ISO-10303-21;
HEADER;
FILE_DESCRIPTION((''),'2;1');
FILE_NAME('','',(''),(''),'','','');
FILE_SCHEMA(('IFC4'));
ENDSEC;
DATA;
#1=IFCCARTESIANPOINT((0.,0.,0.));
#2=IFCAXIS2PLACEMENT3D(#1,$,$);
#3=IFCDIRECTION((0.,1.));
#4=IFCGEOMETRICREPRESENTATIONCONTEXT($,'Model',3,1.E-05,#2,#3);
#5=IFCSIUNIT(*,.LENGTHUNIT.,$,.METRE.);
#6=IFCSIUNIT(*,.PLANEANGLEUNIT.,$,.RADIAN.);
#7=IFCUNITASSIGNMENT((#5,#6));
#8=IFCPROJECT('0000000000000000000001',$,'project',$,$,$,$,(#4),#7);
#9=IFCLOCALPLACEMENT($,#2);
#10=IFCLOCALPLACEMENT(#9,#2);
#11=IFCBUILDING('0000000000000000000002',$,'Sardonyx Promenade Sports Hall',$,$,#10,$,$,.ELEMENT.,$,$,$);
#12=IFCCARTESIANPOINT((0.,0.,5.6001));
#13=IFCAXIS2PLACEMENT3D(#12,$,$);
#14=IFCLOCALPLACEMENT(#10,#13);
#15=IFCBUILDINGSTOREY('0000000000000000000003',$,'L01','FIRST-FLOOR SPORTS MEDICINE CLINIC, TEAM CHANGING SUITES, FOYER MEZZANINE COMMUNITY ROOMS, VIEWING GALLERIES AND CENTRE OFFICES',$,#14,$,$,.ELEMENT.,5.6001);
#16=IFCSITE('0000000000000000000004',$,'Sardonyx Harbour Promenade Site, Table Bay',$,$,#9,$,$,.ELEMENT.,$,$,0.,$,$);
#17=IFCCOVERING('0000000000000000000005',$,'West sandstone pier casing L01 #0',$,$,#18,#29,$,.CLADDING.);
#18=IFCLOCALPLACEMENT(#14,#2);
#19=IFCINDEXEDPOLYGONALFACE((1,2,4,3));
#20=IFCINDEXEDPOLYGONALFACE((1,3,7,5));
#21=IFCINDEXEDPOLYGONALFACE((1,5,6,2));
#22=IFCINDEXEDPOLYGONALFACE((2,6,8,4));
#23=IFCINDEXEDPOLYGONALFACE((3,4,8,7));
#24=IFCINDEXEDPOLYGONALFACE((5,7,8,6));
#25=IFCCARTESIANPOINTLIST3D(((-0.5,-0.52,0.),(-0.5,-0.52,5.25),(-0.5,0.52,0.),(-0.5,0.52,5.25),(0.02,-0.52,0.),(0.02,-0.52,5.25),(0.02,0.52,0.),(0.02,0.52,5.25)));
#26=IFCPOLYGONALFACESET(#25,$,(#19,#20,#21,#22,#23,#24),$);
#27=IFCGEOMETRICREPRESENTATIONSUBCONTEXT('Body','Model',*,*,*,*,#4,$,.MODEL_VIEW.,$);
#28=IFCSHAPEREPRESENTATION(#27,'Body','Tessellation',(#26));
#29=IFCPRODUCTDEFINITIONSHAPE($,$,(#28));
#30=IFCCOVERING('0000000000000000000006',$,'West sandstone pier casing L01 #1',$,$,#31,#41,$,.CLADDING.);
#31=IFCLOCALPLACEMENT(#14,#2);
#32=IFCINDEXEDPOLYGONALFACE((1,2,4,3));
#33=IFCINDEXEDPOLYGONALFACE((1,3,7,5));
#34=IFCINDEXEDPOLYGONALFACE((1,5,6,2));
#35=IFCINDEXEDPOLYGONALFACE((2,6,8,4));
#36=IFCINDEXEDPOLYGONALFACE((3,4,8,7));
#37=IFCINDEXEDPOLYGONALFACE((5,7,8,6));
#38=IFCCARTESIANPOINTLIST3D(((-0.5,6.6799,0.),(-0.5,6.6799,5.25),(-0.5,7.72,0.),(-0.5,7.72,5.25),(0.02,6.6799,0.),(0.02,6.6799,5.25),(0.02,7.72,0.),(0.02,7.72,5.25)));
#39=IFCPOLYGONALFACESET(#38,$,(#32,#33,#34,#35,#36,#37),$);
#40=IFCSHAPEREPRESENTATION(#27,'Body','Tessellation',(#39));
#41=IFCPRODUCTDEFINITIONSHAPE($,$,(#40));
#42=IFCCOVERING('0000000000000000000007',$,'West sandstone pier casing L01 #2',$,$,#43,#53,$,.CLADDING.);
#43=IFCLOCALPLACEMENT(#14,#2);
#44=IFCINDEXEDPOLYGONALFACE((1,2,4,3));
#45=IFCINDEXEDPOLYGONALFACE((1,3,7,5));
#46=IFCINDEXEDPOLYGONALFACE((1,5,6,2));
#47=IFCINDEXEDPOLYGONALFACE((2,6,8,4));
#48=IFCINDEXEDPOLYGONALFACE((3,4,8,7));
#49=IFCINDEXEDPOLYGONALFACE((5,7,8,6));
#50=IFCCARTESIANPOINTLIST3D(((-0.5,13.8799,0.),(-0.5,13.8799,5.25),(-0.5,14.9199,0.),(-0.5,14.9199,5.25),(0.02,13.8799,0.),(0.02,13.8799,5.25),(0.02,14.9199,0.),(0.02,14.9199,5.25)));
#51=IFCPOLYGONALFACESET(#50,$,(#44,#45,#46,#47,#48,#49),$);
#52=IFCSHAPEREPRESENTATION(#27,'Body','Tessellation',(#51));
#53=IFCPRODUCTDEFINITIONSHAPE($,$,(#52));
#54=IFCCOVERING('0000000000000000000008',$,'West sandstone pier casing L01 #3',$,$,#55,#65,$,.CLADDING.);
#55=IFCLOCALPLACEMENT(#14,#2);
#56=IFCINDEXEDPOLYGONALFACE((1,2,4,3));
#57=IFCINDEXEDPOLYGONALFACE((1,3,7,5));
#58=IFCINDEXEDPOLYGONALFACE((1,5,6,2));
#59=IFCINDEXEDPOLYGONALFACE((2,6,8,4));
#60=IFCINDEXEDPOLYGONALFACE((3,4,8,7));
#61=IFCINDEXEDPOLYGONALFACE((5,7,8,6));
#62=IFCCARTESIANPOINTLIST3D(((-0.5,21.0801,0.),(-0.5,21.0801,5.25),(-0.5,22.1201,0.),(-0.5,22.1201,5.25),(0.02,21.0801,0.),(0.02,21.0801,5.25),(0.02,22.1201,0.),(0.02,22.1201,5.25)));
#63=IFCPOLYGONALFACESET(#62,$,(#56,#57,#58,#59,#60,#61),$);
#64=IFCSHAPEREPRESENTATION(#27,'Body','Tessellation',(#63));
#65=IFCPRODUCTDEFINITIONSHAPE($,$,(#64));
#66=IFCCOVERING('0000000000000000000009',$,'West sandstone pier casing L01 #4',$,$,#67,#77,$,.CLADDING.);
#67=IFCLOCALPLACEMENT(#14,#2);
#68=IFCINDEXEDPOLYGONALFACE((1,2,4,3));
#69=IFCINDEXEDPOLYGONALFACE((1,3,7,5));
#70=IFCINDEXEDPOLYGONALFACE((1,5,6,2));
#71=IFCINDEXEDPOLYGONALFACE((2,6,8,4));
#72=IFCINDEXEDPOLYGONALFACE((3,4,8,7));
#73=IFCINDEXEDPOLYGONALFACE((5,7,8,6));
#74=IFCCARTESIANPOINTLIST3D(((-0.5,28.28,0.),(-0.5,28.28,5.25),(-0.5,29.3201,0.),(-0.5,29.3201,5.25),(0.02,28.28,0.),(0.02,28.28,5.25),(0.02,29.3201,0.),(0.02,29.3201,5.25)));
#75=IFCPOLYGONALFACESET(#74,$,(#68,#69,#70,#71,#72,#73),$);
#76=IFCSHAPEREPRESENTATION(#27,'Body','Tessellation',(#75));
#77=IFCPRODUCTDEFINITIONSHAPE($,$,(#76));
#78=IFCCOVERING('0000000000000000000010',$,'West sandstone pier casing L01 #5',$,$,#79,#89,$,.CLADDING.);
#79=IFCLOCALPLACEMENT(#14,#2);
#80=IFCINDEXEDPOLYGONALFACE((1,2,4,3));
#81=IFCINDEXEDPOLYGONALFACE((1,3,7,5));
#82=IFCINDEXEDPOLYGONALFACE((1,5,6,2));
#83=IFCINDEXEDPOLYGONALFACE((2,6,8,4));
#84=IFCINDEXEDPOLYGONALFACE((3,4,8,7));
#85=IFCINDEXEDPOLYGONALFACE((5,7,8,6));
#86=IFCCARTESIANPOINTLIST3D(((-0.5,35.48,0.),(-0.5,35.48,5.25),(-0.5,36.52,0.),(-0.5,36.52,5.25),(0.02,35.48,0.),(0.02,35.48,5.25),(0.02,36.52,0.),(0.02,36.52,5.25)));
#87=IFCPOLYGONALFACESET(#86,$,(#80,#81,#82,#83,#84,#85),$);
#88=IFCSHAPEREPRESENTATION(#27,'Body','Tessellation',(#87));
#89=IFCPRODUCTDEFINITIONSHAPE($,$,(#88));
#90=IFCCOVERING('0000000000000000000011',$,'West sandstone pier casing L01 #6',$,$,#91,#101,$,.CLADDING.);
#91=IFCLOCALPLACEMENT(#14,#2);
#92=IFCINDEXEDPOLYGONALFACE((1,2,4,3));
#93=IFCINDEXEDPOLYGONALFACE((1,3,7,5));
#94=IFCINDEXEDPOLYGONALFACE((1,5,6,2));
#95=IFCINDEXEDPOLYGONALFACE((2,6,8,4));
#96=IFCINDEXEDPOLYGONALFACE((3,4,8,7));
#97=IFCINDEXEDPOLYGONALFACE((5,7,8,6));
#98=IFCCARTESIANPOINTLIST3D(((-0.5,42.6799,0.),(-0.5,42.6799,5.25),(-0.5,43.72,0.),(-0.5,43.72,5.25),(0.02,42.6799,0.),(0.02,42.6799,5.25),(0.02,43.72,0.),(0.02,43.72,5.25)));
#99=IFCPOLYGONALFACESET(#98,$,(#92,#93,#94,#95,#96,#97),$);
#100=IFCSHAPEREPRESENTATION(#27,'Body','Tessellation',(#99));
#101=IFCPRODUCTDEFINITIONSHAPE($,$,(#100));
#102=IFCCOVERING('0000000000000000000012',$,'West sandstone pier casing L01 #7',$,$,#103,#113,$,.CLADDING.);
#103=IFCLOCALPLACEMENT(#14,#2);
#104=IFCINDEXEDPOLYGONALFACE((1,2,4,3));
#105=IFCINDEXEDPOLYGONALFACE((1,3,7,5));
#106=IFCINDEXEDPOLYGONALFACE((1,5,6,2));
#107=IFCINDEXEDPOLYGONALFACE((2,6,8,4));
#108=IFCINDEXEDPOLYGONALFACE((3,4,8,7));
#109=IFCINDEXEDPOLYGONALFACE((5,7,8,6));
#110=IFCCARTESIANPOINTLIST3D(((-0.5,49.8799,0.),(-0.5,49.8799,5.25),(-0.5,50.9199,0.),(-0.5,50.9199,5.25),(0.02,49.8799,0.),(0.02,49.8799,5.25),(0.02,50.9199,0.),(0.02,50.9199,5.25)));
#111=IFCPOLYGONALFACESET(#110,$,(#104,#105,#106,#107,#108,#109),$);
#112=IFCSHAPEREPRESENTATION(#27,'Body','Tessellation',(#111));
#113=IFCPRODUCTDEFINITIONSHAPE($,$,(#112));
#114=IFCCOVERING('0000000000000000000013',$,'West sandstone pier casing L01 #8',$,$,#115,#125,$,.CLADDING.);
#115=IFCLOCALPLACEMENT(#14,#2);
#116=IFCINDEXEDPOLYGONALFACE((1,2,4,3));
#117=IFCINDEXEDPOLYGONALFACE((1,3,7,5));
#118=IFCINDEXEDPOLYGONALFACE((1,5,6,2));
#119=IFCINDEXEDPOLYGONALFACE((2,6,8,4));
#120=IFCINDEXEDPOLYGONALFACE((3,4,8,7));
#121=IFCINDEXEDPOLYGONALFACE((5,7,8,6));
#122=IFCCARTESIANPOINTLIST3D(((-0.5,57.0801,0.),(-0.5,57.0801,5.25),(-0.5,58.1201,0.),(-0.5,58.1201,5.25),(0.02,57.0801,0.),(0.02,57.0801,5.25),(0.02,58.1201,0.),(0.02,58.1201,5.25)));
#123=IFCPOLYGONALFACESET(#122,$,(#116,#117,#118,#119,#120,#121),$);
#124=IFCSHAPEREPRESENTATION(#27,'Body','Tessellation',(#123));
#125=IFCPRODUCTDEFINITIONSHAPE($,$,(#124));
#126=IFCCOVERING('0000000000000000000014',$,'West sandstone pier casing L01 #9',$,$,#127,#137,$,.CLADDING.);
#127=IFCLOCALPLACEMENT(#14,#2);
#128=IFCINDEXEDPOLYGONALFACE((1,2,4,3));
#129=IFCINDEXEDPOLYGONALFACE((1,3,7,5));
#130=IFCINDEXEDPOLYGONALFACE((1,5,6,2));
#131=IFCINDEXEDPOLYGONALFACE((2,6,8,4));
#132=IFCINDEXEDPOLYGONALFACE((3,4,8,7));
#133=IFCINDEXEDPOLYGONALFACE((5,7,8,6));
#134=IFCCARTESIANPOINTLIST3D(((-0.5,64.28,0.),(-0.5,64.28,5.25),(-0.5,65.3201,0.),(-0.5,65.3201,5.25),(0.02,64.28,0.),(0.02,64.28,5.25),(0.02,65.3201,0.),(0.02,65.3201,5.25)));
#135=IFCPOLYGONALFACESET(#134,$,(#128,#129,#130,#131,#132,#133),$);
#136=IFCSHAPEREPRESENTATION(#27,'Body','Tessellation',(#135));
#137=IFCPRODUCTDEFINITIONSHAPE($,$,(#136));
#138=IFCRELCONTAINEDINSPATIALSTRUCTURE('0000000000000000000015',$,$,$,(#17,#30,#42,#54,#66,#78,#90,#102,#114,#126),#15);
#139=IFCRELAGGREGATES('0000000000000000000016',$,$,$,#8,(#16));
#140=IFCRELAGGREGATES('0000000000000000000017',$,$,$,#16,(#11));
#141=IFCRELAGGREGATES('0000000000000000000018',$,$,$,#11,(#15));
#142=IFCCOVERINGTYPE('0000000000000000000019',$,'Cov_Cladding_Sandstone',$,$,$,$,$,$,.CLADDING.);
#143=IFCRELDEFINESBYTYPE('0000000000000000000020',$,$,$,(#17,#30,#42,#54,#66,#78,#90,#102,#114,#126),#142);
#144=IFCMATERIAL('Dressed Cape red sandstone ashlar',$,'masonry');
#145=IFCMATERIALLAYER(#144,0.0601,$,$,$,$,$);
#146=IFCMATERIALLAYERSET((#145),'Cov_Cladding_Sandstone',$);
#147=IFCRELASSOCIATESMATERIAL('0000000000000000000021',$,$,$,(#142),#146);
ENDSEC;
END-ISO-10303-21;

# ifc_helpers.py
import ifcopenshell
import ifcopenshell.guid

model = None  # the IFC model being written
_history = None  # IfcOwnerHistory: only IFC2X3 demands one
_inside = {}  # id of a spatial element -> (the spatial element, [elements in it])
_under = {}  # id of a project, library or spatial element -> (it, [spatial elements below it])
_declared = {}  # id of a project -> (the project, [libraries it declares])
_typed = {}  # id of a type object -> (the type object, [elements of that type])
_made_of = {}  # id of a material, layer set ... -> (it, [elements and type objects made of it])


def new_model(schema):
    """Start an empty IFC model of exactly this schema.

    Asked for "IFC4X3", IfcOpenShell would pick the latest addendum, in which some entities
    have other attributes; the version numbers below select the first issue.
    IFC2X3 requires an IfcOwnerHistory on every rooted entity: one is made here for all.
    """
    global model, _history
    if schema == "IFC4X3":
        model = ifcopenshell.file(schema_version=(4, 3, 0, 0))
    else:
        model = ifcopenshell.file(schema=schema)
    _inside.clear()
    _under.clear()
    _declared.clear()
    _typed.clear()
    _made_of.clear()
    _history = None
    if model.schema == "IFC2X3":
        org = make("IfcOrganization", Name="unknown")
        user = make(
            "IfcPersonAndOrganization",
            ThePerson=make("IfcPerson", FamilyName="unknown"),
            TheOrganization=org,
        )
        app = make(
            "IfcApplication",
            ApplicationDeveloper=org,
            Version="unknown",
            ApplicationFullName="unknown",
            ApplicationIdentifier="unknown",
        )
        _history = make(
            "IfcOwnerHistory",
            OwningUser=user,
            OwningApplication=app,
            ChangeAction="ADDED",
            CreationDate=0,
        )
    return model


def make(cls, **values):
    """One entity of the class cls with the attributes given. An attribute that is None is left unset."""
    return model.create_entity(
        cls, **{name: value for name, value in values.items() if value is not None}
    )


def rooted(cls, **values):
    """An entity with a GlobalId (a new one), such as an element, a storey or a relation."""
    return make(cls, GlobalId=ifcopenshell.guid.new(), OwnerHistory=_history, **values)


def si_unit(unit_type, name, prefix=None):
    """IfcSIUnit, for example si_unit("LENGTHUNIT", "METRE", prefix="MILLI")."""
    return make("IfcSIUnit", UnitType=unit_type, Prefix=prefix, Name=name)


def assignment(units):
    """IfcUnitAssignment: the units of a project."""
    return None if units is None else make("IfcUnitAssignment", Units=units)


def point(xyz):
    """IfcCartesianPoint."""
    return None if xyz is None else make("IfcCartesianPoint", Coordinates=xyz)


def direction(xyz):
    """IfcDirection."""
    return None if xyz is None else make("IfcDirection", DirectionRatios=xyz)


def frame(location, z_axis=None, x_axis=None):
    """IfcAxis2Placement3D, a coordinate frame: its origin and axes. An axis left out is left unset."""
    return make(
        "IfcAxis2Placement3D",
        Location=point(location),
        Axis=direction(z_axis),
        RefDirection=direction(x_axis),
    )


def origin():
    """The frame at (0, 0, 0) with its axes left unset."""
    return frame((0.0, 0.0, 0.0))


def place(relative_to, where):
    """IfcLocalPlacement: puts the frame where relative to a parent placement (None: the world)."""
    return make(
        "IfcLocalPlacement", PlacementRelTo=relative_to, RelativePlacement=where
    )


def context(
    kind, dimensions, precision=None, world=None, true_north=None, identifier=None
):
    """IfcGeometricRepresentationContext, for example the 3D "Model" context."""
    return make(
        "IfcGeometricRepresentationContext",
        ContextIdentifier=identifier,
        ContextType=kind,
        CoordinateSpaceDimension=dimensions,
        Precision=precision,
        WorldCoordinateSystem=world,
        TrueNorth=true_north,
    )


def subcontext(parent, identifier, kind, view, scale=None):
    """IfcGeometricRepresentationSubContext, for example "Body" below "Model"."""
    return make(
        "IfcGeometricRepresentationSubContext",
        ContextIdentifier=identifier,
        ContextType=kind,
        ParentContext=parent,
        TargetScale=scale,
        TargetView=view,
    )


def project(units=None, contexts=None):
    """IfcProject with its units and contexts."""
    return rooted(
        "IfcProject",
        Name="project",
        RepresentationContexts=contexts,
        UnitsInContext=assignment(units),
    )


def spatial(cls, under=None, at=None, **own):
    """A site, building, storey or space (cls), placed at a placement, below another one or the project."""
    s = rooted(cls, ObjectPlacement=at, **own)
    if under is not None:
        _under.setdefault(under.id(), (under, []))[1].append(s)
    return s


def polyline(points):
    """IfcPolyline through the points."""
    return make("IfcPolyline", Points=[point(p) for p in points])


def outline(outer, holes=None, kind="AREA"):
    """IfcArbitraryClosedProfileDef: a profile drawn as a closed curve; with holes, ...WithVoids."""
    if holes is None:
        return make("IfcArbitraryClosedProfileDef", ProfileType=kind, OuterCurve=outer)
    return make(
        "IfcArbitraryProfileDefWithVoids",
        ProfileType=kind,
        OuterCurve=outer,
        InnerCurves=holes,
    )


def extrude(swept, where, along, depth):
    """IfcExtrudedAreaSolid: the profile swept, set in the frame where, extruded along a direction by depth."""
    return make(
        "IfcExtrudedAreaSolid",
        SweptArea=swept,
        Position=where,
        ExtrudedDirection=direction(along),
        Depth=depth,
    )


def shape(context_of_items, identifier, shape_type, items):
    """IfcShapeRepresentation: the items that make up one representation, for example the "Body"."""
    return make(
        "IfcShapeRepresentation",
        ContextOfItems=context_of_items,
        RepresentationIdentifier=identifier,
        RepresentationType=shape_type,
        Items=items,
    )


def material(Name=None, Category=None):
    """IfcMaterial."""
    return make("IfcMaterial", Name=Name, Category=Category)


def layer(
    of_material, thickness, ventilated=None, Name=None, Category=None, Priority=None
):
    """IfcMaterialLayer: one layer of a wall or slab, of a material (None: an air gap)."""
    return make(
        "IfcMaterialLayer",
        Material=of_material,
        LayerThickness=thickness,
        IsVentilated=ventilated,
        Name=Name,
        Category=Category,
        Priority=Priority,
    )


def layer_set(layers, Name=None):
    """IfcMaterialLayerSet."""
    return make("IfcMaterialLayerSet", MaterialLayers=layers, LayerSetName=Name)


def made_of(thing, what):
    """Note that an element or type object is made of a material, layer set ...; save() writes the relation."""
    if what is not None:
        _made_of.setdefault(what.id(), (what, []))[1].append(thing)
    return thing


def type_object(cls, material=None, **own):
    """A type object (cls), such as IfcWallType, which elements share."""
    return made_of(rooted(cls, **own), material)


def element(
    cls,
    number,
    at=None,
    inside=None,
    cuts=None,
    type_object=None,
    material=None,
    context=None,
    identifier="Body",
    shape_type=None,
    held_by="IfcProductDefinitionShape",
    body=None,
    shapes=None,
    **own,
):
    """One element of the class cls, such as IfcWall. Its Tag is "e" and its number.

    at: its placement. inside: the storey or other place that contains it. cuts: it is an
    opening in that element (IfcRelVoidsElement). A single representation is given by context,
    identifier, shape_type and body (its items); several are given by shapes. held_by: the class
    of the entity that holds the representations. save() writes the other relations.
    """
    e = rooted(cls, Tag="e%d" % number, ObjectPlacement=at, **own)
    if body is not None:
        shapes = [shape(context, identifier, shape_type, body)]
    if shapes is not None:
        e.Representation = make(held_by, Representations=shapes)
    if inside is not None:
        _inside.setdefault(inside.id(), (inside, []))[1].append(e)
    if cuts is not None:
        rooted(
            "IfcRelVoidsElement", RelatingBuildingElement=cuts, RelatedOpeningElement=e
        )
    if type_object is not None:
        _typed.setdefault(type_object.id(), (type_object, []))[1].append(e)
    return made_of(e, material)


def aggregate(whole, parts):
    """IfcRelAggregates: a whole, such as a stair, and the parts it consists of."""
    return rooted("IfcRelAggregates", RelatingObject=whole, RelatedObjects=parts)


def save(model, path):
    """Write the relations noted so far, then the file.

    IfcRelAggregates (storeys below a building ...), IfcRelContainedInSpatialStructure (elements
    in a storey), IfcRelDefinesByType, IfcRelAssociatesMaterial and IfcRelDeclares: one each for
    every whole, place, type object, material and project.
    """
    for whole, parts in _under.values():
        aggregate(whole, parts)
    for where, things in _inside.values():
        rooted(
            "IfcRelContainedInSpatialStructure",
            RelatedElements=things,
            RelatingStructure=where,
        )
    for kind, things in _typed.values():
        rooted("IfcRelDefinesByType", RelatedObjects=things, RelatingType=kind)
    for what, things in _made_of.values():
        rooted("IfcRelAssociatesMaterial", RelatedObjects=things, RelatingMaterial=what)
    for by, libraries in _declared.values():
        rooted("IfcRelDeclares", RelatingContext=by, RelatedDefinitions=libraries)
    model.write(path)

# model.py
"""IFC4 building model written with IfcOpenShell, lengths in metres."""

from ifc_helpers import new_model, si_unit, direction, frame, origin, place, context, subcontext, project, spatial, polyline, outline, extrude, material, layer, layer_set, type_object, element, save


model = new_model("IFC4")

# Units and contexts
model_context = context("Model", 3, precision=1e-05, world=origin(), true_north=direction((0.0, 1.0)))
body_context = subcontext(model_context, "Body", "Model", "MODEL_VIEW")
ifc_project = project(units=[si_unit("LENGTHUNIT", "METRE"), si_unit("PLANEANGLEUNIT", "RADIAN")], contexts=[model_context])

# Site, building, storey
site_placement = place(None, origin())
site = spatial("IfcSite", under=ifc_project, at=site_placement, Name="Sardonyx Harbour Promenade Site, Table Bay", CompositionType="ELEMENT", RefElevation=0.0)
building_placement = place(site_placement, origin())
building = spatial("IfcBuilding", under=site, at=building_placement, Name="Sardonyx Promenade Sports Hall", CompositionType="ELEMENT")
storey_placement = place(building_placement, frame((0.0, 0.0, 5.6001)))
storey = spatial("IfcBuildingStorey", under=building, at=storey_placement, Name="L01", Description="FIRST-FLOOR SPORTS MEDICINE CLINIC, TEAM CHANGING SUITES, FOYER MEZZANINE COMMUNITY ROOMS, VIEWING GALLERIES AND CENTRE OFFICES", CompositionType="ELEMENT", Elevation=5.6001)

# Coverings
ifc_material = material(Name="Dressed Cape red sandstone ashlar", Category="masonry")
ifc_layer = layer(ifc_material, 0.0601)
ifc_layer_set = layer_set([ifc_layer], Name="Cov_Cladding_Sandstone")
covering_type = type_object("IfcCoveringType", Name="Cov_Cladding_Sandstone", PredefinedType="CLADDING", material=ifc_layer_set)
covering_1_placement = place(storey_placement, origin())
element("IfcCovering", 1, at=covering_1_placement, inside=storey, type_object=covering_type, Name="West sandstone pier casing L01 #0", PredefinedType="CLADDING", context=body_context, shape_type="SweptSolid", body=[
    extrude(outline(polyline([(-0.5, -0.52), (0.02, -0.52), (0.02, 0.52), (-0.5, 0.52), (-0.5, -0.52)])), origin(), (0.0, 0.0, 1.0), 5.25),
])
covering_2_placement = place(storey_placement, origin())
element("IfcCovering", 2, at=covering_2_placement, inside=storey, type_object=covering_type, Name="West sandstone pier casing L01 #1", PredefinedType="CLADDING", context=body_context, shape_type="SweptSolid", body=[
    extrude(outline(polyline([(-0.5, 6.6799), (0.02, 6.6799), (0.02, 7.72), (-0.5, 7.72), (-0.5, 6.6799)])), origin(), (0.0, 0.0, 1.0), 5.25),
])
covering_3_placement = place(storey_placement, origin())
element("IfcCovering", 3, at=covering_3_placement, inside=storey, type_object=covering_type, Name="West sandstone pier casing L01 #2", PredefinedType="CLADDING", context=body_context, shape_type="SweptSolid", body=[
    extrude(outline(polyline([(-0.5, 13.8799), (0.02, 13.8799), (0.02, 14.9199), (-0.5, 14.9199), (-0.5, 13.8799)])), origin(), (0.0, 0.0, 1.0), 5.25),
])
covering_4_placement = place(storey_placement, origin())
element("IfcCovering", 4, at=covering_4_placement, inside=storey, type_object=covering_type, Name="West sandstone pier casing L01 #3", PredefinedType="CLADDING", context=body_context, shape_type="SweptSolid", body=[
    extrude(outline(polyline([(-0.5, 21.0801), (0.02, 21.0801), (0.02, 22.1201), (-0.5, 22.1201), (-0.5, 21.0801)])), origin(), (0.0, 0.0, 1.0), 5.25),
])
covering_5_placement = place(storey_placement, origin())
element("IfcCovering", 5, at=covering_5_placement, inside=storey, type_object=covering_type, Name="West sandstone pier casing L01 #4", PredefinedType="CLADDING", context=body_context, shape_type="SweptSolid", body=[
    extrude(outline(polyline([(-0.5, 28.28), (0.02, 28.28), (0.02, 29.3201), (-0.5, 29.3201), (-0.5, 28.28)])), origin(), (0.0, 0.0, 1.0), 5.25),
])
covering_6_placement = place(storey_placement, origin())
element("IfcCovering", 6, at=covering_6_placement, inside=storey, type_object=covering_type, Name="West sandstone pier casing L01 #5", PredefinedType="CLADDING", context=body_context, shape_type="SweptSolid", body=[
    extrude(outline(polyline([(-0.5, 35.48), (0.02, 35.48), (0.02, 36.52), (-0.5, 36.52), (-0.5, 35.48)])), origin(), (0.0, 0.0, 1.0), 5.25),
])
covering_7_placement = place(storey_placement, origin())
element("IfcCovering", 7, at=covering_7_placement, inside=storey, type_object=covering_type, Name="West sandstone pier casing L01 #6", PredefinedType="CLADDING", context=body_context, shape_type="SweptSolid", body=[
    extrude(outline(polyline([(-0.5, 42.6799), (0.02, 42.6799), (0.02, 43.72), (-0.5, 43.72), (-0.5, 42.6799)])), origin(), (0.0, 0.0, 1.0), 5.25),
])
covering_8_placement = place(storey_placement, origin())
element("IfcCovering", 8, at=covering_8_placement, inside=storey, type_object=covering_type, Name="West sandstone pier casing L01 #7", PredefinedType="CLADDING", context=body_context, shape_type="SweptSolid", body=[
    extrude(outline(polyline([(-0.5, 49.8799), (0.02, 49.8799), (0.02, 50.9199), (-0.5, 50.9199), (-0.5, 49.8799)])), origin(), (0.0, 0.0, 1.0), 5.25),
])
covering_9_placement = place(storey_placement, origin())
element("IfcCovering", 9, at=covering_9_placement, inside=storey, type_object=covering_type, Name="West sandstone pier casing L01 #8", PredefinedType="CLADDING", context=body_context, shape_type="SweptSolid", body=[
    extrude(outline(polyline([(-0.5, 57.0801), (0.02, 57.0801), (0.02, 58.1201), (-0.5, 58.1201), (-0.5, 57.0801)])), origin(), (0.0, 0.0, 1.0), 5.25),
])
covering_10_placement = place(storey_placement, origin())
element("IfcCovering", 10, at=covering_10_placement, inside=storey, type_object=covering_type, Name="West sandstone pier casing L01 #9", PredefinedType="CLADDING", context=body_context, shape_type="SweptSolid", body=[
    extrude(outline(polyline([(-0.5, 64.28), (0.02, 64.28), (0.02, 65.3201), (-0.5, 65.3201), (-0.5, 64.28)])), origin(), (0.0, 0.0, 1.0), 5.25),
])

save(model, "model.ifc")
